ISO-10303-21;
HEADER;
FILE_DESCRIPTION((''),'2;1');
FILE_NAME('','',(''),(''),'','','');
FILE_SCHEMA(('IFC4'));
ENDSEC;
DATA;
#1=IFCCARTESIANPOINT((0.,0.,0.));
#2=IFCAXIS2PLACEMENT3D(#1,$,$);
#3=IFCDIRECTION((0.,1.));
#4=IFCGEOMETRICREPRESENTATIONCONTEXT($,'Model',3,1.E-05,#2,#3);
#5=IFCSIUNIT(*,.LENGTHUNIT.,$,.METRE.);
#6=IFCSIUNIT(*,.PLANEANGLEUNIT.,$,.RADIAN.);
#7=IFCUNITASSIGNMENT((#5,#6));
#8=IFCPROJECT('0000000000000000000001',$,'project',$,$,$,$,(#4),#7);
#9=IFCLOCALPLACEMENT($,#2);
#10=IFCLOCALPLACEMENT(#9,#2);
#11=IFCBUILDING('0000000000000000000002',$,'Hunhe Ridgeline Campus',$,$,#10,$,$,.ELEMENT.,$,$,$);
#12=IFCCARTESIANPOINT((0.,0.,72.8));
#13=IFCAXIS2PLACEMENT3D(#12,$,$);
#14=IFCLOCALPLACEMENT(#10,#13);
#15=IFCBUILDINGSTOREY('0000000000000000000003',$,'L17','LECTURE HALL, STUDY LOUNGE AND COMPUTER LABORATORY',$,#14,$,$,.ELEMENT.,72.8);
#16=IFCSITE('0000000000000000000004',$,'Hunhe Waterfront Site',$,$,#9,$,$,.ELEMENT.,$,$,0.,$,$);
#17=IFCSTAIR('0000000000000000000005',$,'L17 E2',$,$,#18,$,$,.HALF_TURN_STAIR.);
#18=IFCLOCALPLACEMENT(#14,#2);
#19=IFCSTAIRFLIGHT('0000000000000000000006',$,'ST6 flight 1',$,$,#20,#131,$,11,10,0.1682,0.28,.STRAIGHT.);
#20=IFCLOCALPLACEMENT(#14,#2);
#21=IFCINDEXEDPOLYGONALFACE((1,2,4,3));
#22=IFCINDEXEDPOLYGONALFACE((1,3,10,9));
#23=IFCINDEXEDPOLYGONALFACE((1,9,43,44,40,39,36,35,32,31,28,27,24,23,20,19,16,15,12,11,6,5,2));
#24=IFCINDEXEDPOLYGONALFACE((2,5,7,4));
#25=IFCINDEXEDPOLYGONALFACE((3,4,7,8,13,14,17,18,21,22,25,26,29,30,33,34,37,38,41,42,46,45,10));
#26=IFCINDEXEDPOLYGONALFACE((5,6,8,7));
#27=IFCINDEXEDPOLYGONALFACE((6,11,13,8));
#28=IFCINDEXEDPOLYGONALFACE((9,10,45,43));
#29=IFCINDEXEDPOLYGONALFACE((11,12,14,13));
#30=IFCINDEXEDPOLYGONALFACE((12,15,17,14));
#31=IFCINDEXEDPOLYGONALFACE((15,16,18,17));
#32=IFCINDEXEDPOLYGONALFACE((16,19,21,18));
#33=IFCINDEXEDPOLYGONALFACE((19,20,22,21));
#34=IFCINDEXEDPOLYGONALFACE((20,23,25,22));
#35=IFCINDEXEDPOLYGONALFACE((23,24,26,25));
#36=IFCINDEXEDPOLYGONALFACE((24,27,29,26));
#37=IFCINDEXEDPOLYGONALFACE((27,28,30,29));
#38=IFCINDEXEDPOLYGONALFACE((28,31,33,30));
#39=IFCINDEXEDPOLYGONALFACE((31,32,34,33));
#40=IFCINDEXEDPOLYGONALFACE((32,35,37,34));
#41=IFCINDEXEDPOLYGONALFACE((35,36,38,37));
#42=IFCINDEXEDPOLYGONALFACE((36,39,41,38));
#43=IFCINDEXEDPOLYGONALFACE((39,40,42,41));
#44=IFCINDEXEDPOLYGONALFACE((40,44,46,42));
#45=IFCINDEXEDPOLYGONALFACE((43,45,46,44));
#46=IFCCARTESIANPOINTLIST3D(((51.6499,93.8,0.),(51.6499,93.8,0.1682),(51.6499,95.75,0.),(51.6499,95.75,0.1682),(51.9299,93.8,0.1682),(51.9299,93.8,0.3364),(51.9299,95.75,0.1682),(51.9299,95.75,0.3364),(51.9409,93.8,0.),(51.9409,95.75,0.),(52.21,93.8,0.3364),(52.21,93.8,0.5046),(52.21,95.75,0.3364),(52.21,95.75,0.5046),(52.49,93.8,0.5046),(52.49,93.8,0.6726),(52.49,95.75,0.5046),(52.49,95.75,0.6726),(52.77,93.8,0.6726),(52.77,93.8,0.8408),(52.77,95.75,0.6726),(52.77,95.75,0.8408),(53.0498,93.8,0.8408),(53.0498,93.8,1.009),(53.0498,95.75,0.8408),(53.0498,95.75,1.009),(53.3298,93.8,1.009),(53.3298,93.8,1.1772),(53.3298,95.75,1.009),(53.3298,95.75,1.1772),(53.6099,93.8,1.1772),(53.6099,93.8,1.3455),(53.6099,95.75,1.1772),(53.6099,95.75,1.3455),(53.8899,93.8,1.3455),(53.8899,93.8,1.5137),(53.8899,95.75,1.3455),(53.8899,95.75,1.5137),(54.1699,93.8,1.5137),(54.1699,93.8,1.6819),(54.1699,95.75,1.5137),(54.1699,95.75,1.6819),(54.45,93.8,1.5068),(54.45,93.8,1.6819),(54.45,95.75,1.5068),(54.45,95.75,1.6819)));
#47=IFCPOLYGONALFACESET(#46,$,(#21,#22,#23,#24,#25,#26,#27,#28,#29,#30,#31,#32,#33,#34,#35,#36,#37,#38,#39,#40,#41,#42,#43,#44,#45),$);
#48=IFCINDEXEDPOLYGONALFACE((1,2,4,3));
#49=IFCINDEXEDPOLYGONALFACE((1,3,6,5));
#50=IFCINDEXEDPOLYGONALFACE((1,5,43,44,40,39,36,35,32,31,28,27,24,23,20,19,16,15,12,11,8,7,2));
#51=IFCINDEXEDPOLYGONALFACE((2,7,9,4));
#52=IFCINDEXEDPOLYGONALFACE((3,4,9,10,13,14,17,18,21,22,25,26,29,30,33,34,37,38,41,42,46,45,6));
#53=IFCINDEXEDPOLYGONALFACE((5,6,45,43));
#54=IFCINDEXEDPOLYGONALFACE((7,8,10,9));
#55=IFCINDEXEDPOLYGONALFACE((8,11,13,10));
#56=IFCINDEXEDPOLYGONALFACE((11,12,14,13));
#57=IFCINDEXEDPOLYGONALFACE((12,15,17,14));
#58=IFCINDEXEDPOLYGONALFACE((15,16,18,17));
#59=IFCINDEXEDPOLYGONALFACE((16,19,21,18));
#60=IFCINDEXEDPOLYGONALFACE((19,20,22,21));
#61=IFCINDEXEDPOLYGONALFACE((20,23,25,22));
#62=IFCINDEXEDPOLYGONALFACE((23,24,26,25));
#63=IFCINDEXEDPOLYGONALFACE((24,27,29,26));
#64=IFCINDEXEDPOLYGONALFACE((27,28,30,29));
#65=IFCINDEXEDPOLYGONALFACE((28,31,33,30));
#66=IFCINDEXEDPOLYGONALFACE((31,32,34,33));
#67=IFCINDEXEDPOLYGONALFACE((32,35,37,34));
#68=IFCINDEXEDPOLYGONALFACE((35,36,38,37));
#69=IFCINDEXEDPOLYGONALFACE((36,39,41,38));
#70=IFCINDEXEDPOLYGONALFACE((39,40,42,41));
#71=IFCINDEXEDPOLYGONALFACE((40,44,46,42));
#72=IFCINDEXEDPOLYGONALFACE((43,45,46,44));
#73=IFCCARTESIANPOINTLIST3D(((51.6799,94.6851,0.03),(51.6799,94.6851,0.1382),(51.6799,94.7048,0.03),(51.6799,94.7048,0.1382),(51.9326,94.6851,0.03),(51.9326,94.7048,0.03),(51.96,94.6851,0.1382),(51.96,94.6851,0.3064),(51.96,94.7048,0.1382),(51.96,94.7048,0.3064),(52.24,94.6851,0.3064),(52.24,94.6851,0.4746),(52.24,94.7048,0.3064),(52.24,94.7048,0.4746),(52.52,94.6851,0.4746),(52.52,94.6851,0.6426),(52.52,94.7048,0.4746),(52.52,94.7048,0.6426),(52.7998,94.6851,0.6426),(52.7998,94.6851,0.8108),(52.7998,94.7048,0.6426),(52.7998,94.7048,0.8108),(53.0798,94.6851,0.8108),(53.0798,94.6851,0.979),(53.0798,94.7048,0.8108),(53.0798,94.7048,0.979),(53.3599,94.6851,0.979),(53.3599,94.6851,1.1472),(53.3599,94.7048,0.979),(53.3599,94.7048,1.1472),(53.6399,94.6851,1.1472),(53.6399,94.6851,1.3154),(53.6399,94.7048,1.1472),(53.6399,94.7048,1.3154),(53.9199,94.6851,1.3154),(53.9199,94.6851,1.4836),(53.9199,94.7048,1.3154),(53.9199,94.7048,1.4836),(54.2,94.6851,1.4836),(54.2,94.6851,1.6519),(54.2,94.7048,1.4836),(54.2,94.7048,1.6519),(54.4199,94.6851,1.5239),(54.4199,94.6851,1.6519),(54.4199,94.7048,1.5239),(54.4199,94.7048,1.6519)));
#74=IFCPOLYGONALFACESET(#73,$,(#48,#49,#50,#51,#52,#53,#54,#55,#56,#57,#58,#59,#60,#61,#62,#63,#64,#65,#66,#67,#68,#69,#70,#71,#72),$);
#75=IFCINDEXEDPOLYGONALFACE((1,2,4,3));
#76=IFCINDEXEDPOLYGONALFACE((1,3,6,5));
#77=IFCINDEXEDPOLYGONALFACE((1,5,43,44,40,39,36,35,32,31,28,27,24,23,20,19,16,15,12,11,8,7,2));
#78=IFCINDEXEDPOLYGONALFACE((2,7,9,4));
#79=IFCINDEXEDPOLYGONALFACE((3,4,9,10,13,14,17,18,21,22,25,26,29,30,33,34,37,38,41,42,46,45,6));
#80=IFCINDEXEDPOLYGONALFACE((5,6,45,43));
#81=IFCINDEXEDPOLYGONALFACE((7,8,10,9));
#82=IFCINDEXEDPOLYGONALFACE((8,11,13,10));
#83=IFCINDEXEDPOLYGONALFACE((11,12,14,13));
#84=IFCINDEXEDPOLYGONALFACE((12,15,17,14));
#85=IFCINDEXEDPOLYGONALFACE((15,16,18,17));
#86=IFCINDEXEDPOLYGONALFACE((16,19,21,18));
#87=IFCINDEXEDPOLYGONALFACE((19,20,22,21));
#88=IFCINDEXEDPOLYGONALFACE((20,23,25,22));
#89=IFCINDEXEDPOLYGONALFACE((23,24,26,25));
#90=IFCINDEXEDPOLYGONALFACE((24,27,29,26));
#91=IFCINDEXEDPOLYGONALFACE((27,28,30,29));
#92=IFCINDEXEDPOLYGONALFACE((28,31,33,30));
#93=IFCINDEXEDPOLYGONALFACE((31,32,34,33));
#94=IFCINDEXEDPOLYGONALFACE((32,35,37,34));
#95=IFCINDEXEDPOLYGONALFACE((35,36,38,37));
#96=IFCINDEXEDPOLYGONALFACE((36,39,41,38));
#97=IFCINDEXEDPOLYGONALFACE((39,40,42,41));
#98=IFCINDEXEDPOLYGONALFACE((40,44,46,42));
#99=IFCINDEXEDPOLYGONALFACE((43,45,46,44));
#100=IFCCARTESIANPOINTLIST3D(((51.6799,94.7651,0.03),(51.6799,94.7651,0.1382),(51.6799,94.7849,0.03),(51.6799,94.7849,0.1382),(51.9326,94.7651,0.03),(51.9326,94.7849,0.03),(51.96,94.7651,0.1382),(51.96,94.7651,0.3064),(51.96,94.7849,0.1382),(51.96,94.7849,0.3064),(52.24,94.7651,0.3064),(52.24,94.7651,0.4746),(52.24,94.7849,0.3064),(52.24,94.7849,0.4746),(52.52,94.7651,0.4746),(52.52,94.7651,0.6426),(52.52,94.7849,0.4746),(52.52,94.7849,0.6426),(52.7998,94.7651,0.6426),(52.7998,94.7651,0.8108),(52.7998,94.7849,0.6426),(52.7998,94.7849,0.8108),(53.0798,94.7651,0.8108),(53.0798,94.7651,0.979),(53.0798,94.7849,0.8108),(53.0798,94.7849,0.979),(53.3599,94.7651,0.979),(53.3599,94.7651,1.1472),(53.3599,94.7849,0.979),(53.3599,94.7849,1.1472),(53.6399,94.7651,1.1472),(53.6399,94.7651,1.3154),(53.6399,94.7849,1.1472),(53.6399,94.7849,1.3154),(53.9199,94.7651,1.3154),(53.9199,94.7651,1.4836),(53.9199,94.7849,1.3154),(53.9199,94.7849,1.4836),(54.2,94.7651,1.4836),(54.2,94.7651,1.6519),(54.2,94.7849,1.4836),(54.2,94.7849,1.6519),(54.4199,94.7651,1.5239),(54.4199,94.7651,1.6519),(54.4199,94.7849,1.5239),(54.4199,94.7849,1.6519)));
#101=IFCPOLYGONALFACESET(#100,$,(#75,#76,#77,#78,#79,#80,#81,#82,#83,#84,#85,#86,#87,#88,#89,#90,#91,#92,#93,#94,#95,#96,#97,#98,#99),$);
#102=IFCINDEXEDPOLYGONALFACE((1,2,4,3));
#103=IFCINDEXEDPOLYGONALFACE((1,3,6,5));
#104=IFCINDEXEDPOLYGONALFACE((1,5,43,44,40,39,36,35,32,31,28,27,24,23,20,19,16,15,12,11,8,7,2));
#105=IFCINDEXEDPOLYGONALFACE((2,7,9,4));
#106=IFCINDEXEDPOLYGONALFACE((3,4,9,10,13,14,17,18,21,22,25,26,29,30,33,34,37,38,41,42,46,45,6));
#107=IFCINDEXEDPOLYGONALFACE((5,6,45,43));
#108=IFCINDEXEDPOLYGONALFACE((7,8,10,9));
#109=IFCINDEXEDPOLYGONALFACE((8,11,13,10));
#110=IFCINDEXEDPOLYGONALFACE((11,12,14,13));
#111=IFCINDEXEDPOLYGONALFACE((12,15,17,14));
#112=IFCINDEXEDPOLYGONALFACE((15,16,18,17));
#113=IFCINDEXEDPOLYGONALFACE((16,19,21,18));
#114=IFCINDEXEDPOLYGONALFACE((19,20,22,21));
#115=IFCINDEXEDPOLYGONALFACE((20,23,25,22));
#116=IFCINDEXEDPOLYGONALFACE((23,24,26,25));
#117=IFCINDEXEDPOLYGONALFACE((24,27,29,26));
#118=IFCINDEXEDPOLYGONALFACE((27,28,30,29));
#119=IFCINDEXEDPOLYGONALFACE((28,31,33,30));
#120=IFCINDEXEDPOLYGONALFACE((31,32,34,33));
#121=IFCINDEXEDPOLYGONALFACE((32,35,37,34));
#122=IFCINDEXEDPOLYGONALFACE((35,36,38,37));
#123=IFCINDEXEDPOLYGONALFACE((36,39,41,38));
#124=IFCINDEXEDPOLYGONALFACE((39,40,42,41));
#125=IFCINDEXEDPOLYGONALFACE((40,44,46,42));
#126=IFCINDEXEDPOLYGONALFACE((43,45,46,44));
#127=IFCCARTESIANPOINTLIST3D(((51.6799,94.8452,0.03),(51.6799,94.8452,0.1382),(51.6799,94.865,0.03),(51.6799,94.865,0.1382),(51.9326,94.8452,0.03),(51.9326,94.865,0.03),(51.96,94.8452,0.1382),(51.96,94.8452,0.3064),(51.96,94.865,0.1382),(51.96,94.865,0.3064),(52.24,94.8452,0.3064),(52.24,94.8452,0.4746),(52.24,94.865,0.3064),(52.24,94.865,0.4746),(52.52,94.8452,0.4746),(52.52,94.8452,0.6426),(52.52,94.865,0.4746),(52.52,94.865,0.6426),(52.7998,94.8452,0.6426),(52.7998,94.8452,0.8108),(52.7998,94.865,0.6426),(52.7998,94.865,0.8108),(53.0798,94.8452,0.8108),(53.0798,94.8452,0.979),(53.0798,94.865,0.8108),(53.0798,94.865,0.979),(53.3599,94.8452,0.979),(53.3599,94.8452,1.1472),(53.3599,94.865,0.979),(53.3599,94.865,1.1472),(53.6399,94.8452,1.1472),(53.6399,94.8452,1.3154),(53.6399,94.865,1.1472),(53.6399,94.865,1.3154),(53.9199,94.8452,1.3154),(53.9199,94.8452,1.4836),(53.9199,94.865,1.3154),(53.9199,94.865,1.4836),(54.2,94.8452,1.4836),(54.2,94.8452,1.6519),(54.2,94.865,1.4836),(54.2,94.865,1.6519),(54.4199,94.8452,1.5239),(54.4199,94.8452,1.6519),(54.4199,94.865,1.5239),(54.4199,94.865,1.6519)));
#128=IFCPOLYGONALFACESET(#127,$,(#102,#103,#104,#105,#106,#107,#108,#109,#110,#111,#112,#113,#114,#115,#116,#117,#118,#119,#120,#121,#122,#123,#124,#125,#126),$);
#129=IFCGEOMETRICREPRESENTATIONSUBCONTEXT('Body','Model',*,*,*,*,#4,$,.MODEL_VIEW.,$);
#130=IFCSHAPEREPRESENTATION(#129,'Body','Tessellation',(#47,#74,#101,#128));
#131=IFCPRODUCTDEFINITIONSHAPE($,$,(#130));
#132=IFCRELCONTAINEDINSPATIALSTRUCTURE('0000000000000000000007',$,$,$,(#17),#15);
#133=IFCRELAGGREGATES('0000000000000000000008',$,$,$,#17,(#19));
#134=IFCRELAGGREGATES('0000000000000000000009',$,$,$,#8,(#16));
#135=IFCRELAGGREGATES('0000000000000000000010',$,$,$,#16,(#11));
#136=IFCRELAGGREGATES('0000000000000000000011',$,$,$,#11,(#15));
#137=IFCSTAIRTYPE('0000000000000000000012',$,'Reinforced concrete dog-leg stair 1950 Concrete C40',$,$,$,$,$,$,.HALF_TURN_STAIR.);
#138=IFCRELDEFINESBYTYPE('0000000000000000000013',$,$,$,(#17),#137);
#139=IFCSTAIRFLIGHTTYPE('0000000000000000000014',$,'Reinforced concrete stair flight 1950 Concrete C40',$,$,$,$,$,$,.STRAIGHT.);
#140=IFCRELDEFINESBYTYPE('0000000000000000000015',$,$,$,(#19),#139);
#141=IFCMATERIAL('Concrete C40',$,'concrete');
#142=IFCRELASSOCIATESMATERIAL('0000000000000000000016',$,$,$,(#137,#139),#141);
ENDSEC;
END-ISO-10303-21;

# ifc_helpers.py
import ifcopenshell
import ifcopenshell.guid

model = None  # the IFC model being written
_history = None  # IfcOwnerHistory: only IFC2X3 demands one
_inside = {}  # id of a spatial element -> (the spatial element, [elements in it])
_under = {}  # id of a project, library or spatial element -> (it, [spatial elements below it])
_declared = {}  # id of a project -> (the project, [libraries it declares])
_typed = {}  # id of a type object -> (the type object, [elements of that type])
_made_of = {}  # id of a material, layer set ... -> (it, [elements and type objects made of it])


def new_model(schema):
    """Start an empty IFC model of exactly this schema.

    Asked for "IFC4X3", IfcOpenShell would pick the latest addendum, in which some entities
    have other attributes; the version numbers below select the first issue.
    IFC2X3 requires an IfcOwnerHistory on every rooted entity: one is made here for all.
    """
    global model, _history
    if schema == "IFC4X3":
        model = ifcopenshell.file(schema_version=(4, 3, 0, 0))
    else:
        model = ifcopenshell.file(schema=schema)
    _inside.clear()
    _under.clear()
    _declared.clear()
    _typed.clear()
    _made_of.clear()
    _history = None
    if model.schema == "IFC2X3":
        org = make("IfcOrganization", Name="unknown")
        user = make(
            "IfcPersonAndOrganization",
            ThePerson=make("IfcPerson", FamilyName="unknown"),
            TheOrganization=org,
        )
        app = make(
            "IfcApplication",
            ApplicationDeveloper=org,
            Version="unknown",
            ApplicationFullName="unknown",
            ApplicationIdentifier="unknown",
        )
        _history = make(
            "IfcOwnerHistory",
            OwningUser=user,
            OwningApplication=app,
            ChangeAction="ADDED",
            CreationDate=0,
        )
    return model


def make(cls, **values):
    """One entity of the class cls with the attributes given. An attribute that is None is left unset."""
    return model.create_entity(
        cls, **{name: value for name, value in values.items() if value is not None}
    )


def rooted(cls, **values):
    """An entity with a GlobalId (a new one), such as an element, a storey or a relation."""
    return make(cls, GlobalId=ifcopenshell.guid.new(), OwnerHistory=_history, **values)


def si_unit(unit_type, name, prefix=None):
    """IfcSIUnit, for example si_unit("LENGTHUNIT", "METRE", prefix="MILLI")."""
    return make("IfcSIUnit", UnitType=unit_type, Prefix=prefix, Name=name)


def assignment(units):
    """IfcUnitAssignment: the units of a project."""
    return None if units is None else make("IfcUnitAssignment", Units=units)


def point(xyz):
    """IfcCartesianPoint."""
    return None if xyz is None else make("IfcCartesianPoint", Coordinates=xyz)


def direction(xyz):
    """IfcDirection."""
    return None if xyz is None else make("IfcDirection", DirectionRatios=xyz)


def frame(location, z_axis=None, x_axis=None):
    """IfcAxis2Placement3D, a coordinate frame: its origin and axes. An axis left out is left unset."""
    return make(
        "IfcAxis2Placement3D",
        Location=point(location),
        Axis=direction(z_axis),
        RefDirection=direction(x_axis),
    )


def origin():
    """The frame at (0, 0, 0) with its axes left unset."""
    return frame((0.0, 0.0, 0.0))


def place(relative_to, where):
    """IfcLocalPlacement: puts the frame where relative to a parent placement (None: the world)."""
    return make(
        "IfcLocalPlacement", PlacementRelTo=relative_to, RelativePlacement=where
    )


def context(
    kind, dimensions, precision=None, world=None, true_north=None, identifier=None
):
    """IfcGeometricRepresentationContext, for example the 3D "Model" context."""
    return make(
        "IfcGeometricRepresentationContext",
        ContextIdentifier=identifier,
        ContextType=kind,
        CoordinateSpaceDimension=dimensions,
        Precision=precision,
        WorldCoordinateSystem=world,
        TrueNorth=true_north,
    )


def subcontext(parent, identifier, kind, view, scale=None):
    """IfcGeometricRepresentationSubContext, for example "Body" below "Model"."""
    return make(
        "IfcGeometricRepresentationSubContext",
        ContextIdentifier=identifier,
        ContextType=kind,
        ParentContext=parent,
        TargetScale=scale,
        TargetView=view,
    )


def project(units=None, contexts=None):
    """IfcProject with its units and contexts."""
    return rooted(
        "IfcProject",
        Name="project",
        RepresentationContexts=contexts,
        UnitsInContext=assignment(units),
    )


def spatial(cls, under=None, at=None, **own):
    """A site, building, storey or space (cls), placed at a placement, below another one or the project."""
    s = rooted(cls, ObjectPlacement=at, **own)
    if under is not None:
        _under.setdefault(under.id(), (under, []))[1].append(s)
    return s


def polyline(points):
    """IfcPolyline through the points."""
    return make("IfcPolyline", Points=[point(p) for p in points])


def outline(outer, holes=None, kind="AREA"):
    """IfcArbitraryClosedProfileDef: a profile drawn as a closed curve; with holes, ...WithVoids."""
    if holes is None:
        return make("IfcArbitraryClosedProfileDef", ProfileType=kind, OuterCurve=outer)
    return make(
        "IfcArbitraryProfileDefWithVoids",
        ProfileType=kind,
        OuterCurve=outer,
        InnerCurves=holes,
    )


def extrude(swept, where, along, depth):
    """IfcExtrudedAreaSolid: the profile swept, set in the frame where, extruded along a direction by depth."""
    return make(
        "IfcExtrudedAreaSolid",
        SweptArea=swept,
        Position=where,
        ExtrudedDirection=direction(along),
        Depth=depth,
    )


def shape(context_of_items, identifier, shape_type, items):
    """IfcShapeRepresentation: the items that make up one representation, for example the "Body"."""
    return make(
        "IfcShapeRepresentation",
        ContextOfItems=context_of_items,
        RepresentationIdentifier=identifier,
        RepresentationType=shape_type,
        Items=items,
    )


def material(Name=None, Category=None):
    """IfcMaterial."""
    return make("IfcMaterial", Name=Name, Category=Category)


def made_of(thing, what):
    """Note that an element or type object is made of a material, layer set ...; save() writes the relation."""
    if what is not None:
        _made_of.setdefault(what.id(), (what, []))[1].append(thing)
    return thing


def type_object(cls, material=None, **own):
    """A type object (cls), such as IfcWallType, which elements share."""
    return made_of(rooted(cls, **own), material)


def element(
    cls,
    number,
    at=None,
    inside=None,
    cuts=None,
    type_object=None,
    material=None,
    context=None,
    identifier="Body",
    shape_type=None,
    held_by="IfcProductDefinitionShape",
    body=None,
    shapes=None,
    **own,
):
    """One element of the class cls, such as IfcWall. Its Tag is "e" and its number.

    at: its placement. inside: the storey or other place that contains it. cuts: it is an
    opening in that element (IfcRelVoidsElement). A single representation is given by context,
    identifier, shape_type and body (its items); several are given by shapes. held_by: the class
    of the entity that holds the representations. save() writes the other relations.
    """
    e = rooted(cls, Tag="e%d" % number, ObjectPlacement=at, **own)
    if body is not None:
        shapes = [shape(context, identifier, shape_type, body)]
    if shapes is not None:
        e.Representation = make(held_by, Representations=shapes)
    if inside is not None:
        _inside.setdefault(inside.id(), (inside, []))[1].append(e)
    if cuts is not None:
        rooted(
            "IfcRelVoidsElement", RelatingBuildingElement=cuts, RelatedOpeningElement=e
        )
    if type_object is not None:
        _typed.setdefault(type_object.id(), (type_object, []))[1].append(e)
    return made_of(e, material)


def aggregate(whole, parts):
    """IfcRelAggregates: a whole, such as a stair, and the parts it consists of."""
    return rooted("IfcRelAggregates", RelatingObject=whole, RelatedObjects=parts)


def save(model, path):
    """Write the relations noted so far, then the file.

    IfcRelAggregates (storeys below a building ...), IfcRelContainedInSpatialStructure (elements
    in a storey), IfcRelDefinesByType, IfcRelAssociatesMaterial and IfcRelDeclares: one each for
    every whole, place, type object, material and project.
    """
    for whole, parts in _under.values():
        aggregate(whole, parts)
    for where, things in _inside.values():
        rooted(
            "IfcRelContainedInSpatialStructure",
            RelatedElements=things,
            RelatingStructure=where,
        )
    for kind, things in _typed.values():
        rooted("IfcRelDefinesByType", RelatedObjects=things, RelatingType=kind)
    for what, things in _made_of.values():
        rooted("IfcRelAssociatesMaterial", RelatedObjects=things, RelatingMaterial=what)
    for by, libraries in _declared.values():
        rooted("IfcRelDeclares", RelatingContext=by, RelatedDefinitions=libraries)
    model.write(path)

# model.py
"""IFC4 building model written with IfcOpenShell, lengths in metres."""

from ifc_helpers import new_model, si_unit, direction, frame, origin, place, context, subcontext, project, spatial, polyline, outline, extrude, material, type_object, element, aggregate, save


model = new_model("IFC4")

# Units and contexts
model_context = context("Model", 3, precision=1e-05, world=origin(), true_north=direction((0.0, 1.0)))
body_context = subcontext(model_context, "Body", "Model", "MODEL_VIEW")
ifc_project = project(units=[si_unit("LENGTHUNIT", "METRE"), si_unit("PLANEANGLEUNIT", "RADIAN")], contexts=[model_context])

# Site, building, storey
site_placement = place(None, origin())
site = spatial("IfcSite", under=ifc_project, at=site_placement, Name="Hunhe Waterfront Site", CompositionType="ELEMENT", RefElevation=0.0)
building_placement = place(site_placement, origin())
building = spatial("IfcBuilding", under=site, at=building_placement, Name="Hunhe Ridgeline Campus", CompositionType="ELEMENT")
storey_placement = place(building_placement, frame((0.0, 0.0, 72.8)))
storey = spatial("IfcBuildingStorey", under=building, at=storey_placement, Name="L17", Description="LECTURE HALL, STUDY LOUNGE AND COMPUTER LABORATORY", CompositionType="ELEMENT", Elevation=72.8)

# Shared definitions
ifc_material_1 = material(Name="Concrete C40", Category="concrete")
stair_type = type_object("IfcStairType", Name="Reinforced concrete dog-leg stair 1950 Concrete C40", PredefinedType="HALF_TURN_STAIR", material=ifc_material_1)
stair_flight_type = type_object("IfcStairFlightType", Name="Reinforced concrete stair flight 1950 Concrete C40", PredefinedType="STRAIGHT", material=ifc_material_1)

# Stair, stair flight
stair_1_placement = place(storey_placement, origin())
stair_1 = element("IfcStair", 1, at=stair_1_placement, inside=storey, type_object=stair_type, Name="L17 E2", PredefinedType="HALF_TURN_STAIR")
stair_flight_1_placement = place(storey_placement, frame((51.6499, 94.7749, 0.0), z_axis=(0.0, 0.0, 1.0), x_axis=(1.0, 0.0, 0.0)))
stair_flight_1 = element("IfcStairFlight", 2, at=stair_flight_1_placement, type_object=stair_flight_type, Name="ST6 flight 1", NumberOfRisers=11, NumberOfTreads=10, PredefinedType="STRAIGHT", RiserHeight=0.1682, TreadLength=0.28, context=body_context, shape_type="SweptSolid", body=[
    extrude(outline(polyline([(0.0, 0.0), (0.0, 0.1682), (0.28, 0.1682), (0.28, 0.3364), (0.5601, 0.3364), (0.5601, 0.5046), (0.8401, 0.5046), (0.8401, 0.6726), (1.1201, 0.6726), (1.1201, 0.8408), (1.3999, 0.8408), (1.3999, 1.009), (1.6799, 1.009), (1.6799, 1.1772), (1.96, 1.1772), (1.96, 1.3455), (2.24, 1.3455), (2.24, 1.5137), (2.52, 1.5137), (2.52, 1.6819), (2.8, 1.6819), (2.8, 1.8501), (2.8, 1.5068), (0.291, 0.0), (0.0, 0.0)])), frame((0.0, 0.9751, 0.0), z_axis=(0.0, -1.0, 0.0), x_axis=(1.0, 0.0, 0.0)), (0.0, 0.0, 1.0), 1.95),
    extrude(outline(polyline([(0.03, 0.03), (0.03, 0.1382), (0.3101, 0.1382), (0.3101, 0.3064), (0.5901, 0.3064), (0.5901, 0.4746), (0.8701, 0.4746), (0.8701, 0.6426), (1.1499, 0.6426), (1.1499, 0.8108), (1.4299, 0.8108), (1.4299, 0.979), (1.71, 0.979), (1.71, 1.1472), (1.99, 1.1472), (1.99, 1.3154), (2.27, 1.3154), (2.27, 1.4836), (2.55, 1.4836), (2.55, 1.6519), (2.77, 1.6519), (2.77, 1.5239), (0.2827, 0.03), (0.03, 0.03)])), frame((0.0, -0.0701, 0.0), z_axis=(0.0, -1.0, 0.0), x_axis=(1.0, 0.0, 0.0)), (0.0, 0.0, 1.0), 0.0198),
    extrude(outline(polyline([(0.03, 0.03), (0.03, 0.1382), (0.3101, 0.1382), (0.3101, 0.3064), (0.5901, 0.3064), (0.5901, 0.4746), (0.8701, 0.4746), (0.8701, 0.6426), (1.1499, 0.6426), (1.1499, 0.8108), (1.4299, 0.8108), (1.4299, 0.979), (1.71, 0.979), (1.71, 1.1472), (1.99, 1.1472), (1.99, 1.3154), (2.27, 1.3154), (2.27, 1.4836), (2.55, 1.4836), (2.55, 1.6519), (2.77, 1.6519), (2.77, 1.5239), (0.2827, 0.03), (0.03, 0.03)])), frame((0.0, 0.01, 0.0), z_axis=(0.0, -1.0, 0.0), x_axis=(1.0, 0.0, 0.0)), (0.0, 0.0, 1.0), 0.0198),
    extrude(outline(polyline([(0.03, 0.03), (0.03, 0.1382), (0.3101, 0.1382), (0.3101, 0.3064), (0.5901, 0.3064), (0.5901, 0.4746), (0.8701, 0.4746), (0.8701, 0.6426), (1.1499, 0.6426), (1.1499, 0.8108), (1.4299, 0.8108), (1.4299, 0.979), (1.71, 0.979), (1.71, 1.1472), (1.99, 1.1472), (1.99, 1.3154), (2.27, 1.3154), (2.27, 1.4836), (2.55, 1.4836), (2.55, 1.6519), (2.77, 1.6519), (2.77, 1.5239), (0.2827, 0.03), (0.03, 0.03)])), frame((0.0, 0.0901, 0.0), z_axis=(0.0, -1.0, 0.0), x_axis=(1.0, 0.0, 0.0)), (0.0, 0.0, 1.0), 0.0198),
])
aggregate(stair_1, [stair_flight_1])

save(model, "model.ifc")
